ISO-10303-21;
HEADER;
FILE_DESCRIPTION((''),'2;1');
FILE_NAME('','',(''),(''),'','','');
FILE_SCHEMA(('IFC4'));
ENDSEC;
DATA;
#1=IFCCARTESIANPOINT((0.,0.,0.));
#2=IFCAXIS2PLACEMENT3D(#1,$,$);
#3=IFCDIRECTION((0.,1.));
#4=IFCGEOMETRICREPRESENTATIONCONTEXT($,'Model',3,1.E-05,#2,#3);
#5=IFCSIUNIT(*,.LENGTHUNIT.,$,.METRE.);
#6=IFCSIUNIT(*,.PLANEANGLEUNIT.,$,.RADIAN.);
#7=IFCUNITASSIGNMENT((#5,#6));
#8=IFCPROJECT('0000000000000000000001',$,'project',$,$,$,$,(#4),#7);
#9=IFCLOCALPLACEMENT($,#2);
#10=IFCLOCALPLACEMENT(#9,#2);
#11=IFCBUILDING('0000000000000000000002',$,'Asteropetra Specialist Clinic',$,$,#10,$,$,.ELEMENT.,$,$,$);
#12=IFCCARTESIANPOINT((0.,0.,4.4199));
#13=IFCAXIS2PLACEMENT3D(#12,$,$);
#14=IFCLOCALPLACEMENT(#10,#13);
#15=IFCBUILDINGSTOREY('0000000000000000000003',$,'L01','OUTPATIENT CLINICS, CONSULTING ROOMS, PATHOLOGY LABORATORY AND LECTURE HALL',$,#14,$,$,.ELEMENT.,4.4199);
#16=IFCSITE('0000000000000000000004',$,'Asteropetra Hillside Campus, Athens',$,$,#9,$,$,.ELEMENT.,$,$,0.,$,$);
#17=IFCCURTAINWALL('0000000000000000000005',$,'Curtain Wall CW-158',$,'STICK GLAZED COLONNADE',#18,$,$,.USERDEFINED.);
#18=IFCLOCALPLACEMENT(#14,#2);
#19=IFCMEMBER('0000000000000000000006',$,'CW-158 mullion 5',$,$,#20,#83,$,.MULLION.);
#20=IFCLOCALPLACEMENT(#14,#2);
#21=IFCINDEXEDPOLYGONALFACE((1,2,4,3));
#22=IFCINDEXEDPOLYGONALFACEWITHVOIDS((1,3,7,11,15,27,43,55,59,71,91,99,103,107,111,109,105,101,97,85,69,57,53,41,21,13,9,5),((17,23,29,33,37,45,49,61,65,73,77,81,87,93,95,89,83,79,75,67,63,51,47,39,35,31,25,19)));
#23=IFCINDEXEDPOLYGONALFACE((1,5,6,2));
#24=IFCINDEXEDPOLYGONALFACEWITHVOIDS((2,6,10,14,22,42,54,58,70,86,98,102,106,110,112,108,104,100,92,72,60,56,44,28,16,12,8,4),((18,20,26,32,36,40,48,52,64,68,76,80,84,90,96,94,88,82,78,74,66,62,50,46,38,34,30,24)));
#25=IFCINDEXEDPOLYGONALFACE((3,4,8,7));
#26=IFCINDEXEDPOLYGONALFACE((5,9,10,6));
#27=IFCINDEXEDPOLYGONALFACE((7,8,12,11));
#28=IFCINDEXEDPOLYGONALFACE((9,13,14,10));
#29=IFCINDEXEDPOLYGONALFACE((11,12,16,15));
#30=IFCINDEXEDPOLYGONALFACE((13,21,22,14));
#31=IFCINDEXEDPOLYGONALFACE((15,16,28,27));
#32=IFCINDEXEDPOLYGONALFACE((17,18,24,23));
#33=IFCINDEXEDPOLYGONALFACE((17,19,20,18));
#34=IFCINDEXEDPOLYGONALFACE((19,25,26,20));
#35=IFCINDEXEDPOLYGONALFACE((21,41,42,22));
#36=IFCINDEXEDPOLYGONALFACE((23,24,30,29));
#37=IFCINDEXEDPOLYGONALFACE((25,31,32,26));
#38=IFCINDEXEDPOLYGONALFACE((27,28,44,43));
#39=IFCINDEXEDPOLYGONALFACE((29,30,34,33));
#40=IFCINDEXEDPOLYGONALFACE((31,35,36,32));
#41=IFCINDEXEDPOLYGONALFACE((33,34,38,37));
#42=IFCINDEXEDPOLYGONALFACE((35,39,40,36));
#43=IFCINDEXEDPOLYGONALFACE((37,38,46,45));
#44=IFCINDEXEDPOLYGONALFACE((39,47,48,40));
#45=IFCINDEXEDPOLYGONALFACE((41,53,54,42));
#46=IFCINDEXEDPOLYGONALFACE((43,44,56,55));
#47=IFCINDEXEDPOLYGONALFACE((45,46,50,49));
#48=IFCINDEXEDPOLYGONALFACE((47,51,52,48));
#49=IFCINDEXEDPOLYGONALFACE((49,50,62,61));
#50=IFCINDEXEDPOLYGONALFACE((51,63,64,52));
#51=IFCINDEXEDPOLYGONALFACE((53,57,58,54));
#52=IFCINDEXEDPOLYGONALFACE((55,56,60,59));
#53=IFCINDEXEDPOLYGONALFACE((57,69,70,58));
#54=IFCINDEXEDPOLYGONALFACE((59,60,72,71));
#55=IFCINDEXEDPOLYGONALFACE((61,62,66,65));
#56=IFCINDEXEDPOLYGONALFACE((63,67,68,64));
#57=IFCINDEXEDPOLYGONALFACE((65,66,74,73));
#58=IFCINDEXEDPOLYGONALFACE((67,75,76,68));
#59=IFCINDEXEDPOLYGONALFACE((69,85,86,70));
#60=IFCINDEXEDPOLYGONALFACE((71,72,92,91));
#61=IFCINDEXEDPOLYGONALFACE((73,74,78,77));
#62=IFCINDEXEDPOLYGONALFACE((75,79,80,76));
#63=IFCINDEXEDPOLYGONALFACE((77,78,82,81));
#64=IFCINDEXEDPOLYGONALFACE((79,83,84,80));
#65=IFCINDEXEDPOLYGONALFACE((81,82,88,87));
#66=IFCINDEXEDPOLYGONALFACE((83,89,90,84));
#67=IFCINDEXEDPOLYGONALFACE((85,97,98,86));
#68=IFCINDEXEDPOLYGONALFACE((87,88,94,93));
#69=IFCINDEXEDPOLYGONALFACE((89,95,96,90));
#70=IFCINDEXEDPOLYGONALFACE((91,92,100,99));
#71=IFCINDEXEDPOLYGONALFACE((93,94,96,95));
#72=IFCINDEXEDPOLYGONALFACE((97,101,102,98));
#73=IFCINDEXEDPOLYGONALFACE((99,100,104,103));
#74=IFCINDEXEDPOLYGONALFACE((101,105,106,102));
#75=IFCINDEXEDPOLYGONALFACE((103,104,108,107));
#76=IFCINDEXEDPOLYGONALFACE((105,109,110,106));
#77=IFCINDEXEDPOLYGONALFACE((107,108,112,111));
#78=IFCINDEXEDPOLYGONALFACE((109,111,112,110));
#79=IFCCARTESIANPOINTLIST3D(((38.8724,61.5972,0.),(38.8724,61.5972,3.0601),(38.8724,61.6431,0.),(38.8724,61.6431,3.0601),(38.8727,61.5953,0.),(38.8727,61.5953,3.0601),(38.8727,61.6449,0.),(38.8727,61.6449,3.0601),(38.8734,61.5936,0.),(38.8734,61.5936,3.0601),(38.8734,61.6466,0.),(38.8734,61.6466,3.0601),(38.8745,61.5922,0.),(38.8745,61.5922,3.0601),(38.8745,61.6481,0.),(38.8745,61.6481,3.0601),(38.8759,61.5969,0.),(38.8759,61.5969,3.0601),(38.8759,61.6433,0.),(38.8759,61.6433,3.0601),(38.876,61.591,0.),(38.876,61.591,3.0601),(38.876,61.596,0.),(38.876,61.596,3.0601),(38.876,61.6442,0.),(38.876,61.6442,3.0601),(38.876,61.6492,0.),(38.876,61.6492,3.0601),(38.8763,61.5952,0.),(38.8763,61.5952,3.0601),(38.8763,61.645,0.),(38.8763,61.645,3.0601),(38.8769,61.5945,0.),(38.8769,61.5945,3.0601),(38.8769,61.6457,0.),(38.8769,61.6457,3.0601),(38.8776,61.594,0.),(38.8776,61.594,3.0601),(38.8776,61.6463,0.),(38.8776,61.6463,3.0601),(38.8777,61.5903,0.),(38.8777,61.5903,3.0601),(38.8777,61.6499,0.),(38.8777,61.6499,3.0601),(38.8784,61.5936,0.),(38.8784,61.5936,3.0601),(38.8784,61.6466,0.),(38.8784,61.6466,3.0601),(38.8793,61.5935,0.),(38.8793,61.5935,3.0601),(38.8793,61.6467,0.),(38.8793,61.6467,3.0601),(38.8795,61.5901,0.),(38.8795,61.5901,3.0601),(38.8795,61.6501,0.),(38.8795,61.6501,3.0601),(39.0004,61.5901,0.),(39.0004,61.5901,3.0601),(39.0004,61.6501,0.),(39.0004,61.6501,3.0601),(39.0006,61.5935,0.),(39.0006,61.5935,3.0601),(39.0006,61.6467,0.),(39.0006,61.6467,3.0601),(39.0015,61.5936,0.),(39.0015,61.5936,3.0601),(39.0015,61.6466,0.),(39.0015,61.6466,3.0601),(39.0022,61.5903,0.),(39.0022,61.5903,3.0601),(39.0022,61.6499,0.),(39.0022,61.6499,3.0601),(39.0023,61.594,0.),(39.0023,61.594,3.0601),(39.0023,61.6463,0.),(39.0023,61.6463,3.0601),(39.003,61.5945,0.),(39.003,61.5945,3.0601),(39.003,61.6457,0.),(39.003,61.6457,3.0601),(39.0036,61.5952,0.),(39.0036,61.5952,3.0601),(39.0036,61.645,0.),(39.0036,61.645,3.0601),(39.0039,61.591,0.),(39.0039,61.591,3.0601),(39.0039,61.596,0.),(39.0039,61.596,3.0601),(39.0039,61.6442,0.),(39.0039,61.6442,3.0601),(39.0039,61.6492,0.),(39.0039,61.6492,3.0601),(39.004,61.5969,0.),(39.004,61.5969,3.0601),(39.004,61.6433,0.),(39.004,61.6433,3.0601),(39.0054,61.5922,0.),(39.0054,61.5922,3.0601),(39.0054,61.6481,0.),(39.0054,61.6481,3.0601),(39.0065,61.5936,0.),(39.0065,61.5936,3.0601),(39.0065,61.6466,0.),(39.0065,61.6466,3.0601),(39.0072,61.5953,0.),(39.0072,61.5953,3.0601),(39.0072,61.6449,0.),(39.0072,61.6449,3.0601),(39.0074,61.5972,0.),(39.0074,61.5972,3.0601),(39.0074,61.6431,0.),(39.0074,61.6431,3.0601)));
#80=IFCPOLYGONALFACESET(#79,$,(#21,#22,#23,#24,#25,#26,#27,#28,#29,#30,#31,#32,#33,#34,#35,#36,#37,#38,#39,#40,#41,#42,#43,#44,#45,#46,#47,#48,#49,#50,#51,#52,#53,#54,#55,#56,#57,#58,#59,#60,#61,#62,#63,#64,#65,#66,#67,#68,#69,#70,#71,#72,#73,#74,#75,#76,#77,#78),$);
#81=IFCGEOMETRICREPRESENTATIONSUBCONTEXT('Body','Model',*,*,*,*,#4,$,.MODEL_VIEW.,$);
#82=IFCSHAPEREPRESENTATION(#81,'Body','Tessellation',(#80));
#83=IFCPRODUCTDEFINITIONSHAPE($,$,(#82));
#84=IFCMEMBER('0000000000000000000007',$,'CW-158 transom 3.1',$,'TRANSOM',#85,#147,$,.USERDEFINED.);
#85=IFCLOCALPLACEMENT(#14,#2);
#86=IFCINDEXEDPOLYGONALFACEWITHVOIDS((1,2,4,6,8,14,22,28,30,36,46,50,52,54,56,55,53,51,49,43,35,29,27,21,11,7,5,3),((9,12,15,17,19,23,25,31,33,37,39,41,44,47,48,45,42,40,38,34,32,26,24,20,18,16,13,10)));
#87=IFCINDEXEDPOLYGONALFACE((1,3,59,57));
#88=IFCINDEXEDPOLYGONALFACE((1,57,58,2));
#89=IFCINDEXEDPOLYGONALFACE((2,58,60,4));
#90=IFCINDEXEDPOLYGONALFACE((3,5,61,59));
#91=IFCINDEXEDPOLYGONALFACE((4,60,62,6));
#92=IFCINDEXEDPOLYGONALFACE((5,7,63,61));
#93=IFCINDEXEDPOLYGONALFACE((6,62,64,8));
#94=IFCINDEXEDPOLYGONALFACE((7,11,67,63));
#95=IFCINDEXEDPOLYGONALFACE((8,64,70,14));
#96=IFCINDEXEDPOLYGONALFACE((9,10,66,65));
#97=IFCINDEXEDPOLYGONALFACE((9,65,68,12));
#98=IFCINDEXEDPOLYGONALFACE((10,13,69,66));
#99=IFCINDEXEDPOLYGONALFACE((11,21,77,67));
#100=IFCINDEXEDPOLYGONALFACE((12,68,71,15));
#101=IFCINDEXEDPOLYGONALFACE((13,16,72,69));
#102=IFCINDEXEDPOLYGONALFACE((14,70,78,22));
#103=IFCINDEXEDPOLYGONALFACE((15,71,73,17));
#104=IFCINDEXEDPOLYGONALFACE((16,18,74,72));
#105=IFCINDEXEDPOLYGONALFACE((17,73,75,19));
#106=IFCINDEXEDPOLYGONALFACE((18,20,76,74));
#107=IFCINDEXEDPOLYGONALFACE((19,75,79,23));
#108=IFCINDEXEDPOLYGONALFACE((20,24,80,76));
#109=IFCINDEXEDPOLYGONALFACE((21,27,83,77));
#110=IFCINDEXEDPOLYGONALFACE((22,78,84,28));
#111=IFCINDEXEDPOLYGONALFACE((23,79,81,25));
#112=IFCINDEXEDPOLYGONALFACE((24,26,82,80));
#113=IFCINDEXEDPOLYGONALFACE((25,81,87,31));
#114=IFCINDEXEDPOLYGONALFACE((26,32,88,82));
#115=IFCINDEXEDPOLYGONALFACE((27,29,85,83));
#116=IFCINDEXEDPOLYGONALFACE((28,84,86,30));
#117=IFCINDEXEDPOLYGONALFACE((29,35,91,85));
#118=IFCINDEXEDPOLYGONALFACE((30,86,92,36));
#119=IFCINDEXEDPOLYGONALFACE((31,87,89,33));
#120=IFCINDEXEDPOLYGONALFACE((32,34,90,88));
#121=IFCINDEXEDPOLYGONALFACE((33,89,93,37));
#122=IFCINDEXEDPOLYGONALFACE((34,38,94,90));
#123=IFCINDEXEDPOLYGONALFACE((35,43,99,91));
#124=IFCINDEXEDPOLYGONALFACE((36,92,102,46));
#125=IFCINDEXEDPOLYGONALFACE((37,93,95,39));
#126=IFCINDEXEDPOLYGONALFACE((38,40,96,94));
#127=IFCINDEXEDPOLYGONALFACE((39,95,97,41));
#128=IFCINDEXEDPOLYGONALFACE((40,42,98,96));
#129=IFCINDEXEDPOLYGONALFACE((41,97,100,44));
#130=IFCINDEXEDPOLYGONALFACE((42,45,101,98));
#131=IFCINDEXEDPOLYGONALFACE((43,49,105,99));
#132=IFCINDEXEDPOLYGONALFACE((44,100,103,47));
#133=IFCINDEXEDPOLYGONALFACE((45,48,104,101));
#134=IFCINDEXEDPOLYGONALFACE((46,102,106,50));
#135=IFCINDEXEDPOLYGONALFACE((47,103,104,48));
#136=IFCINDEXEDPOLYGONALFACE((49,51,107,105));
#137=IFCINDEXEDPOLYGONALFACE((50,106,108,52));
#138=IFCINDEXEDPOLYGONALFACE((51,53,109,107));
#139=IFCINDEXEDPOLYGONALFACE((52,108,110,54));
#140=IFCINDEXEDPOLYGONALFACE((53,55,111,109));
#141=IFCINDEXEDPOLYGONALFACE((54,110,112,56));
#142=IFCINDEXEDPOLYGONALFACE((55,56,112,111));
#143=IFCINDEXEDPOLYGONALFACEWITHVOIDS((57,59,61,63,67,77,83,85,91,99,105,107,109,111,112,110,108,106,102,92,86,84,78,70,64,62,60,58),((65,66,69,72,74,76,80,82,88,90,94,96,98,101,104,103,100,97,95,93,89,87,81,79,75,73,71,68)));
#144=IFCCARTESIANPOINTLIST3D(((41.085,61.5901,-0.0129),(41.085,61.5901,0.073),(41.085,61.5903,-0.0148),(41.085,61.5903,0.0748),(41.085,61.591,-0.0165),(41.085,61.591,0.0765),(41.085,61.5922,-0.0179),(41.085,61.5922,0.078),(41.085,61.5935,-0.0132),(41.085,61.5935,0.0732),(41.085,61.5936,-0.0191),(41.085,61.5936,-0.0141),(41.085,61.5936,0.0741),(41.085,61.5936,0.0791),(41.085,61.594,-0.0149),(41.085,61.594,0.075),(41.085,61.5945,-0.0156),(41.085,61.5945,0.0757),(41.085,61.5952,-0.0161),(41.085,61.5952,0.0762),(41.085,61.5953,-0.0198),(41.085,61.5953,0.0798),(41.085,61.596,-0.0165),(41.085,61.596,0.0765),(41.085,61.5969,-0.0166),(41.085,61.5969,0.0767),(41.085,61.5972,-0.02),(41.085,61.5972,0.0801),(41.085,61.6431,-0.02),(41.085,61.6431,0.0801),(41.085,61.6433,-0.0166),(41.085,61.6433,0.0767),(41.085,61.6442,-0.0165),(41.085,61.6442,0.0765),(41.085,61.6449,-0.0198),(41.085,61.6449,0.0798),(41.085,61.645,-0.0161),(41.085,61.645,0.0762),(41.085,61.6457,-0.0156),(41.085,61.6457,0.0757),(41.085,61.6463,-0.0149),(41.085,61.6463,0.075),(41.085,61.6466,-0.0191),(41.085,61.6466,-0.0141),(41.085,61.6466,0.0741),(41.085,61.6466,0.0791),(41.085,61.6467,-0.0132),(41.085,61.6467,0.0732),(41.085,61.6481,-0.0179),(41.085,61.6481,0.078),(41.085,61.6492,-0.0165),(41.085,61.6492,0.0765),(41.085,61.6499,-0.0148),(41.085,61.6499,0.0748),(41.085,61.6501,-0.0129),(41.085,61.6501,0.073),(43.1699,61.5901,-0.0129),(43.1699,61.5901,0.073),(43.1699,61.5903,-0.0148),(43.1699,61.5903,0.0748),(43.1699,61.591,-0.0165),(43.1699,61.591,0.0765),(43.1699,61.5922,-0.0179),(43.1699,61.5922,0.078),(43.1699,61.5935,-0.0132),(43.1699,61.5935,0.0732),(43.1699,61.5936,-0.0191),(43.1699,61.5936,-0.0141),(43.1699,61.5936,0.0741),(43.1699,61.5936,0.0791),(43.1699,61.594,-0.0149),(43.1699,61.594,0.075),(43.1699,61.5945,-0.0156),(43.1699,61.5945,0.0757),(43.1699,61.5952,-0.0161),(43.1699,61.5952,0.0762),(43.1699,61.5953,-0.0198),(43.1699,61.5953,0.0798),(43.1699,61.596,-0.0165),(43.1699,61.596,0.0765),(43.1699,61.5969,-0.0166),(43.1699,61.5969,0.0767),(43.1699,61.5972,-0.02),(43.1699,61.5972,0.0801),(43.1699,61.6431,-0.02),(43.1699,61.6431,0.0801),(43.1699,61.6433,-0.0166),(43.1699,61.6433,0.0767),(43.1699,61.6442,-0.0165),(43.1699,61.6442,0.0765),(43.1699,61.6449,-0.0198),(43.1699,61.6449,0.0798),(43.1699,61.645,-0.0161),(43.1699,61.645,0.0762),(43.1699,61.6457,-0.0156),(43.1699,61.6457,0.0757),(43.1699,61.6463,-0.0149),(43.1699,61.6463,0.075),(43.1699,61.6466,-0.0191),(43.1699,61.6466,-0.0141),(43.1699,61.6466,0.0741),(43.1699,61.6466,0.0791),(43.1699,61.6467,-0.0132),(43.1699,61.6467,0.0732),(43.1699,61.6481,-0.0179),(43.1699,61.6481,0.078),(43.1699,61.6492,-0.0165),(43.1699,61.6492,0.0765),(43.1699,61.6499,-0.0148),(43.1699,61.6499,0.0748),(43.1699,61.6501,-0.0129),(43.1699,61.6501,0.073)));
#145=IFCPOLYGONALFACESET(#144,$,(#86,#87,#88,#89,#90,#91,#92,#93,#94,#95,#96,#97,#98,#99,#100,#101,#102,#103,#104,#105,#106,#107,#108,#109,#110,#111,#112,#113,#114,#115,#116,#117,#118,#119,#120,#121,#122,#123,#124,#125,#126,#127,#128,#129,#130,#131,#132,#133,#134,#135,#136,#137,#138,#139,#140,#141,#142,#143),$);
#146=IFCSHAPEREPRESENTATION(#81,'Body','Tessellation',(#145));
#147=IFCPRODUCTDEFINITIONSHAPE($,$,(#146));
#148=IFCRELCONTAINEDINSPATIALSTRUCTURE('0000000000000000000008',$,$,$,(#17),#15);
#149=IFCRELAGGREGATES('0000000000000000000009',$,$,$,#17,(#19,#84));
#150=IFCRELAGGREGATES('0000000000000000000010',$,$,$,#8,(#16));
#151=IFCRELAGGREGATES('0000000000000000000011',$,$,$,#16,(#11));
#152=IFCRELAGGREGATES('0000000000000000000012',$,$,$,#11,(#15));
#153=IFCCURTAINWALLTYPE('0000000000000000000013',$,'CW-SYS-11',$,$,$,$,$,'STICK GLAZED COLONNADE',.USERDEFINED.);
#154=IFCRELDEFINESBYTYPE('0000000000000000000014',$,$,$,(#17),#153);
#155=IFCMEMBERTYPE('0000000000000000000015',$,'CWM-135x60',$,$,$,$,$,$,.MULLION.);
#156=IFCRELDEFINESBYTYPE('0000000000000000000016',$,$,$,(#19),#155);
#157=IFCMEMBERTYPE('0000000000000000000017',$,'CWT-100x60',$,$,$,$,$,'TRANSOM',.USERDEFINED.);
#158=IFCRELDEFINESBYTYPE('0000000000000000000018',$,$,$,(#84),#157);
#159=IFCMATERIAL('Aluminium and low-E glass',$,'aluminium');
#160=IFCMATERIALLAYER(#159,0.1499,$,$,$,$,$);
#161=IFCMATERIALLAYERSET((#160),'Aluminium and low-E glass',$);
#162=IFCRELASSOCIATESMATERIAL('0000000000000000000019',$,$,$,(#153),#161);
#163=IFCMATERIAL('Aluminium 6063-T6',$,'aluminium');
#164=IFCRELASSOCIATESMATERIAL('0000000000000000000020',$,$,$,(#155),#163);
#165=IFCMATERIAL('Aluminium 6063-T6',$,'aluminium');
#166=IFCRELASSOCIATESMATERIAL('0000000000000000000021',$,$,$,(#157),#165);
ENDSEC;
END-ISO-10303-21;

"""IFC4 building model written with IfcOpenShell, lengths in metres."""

from ifc_helpers import new_model, si_unit, direction, frame, origin, origin_2d, place, context, subcontext, project, spatial, hollow_rectangle, extrude, material, layer, layer_set, material_profile, profile_set, type_object, element, aggregate, save


model = new_model("IFC4")

# Units and contexts
model_context = context("Model", 3, precision=1e-05, world=origin(), true_north=direction((0.0, 1.0)))
body_context = subcontext(model_context, "Body", "Model", "MODEL_VIEW")
ifc_project = project(units=[si_unit("LENGTHUNIT", "METRE"), si_unit("PLANEANGLEUNIT", "RADIAN")], contexts=[model_context])

# Site, building, storey
site_placement = place(None, origin())
site = spatial("IfcSite", under=ifc_project, at=site_placement, Name="Asteropetra Hillside Campus, Athens", CompositionType="ELEMENT", RefElevation=0.0)
building_placement = place(site_placement, origin())
building = spatial("IfcBuilding", under=site, at=building_placement, Name="Asteropetra Specialist Clinic", CompositionType="ELEMENT")
storey_placement = place(building_placement, frame((0.0, 0.0, 4.4199)))
storey = spatial("IfcBuildingStorey", under=building, at=storey_placement, Name="L01", Description="OUTPATIENT CLINICS, CONSULTING ROOMS, PATHOLOGY LABORATORY AND LECTURE HALL", CompositionType="ELEMENT", Elevation=4.4199)

# Curtain wall, members
ifc_material_1 = material(Name="Aluminium and low-E glass", Category="aluminium")
ifc_layer_1 = layer(ifc_material_1, 0.1499)
ifc_layer_set_1 = layer_set([ifc_layer_1], Name="Aluminium and low-E glass")
curtain_wall_type = type_object("IfcCurtainWallType", Name="CW-SYS-11", ElementType="STICK GLAZED COLONNADE", PredefinedType="USERDEFINED", material=ifc_layer_set_1)
curtain_wall_placement = place(storey_placement, origin())
curtain_wall = element("IfcCurtainWall", 1, at=curtain_wall_placement, inside=storey, type_object=curtain_wall_type, Name="Curtain Wall CW-158", ObjectType="STICK GLAZED COLONNADE", PredefinedType="USERDEFINED")
ifc_material_2 = material(Name="Aluminium 6063-T6", Category="aluminium")
ifc_material_profile_1 = material_profile(ifc_material_2, hollow_rectangle(XDim=0.0601, YDim=0.135, WallThickness=0.0034, InnerFilletRadius=0.0034, OuterFilletRadius=0.0071, at=origin_2d()), Name="MUL 135x60x3.5")
ifc_profile_set_1 = profile_set([ifc_material_profile_1], Name="Aluminium 6063-T6")
member_type_1 = type_object("IfcMemberType", Name="CWM-135x60", PredefinedType="MULLION", material=ifc_profile_set_1)
member_1_placement = place(storey_placement, frame((38.9399, 61.6201, 0.0), z_axis=(0.0, 0.0, 1.0), x_axis=(0.0, -1.0, 0.0)))
member_1 = element("IfcMember", 2, at=member_1_placement, type_object=member_type_1, Name="CW-158 mullion 5", PredefinedType="MULLION", context=body_context, shape_type="SweptSolid", body=[
    extrude(hollow_rectangle(XDim=0.0601, YDim=0.135, WallThickness=0.0034, InnerFilletRadius=0.0034, OuterFilletRadius=0.0071, at=origin_2d()), origin(), (0.0, 0.0, 1.0), 3.0601),
])
ifc_material_3 = material(Name="Aluminium 6063-T6", Category="aluminium")
ifc_material_profile_2 = material_profile(ifc_material_3, hollow_rectangle(XDim=0.0601, YDim=0.1001, WallThickness=0.0034, InnerFilletRadius=0.0034, OuterFilletRadius=0.0071, at=origin_2d()), Name="TRN 100x60x3.5")
ifc_profile_set_2 = profile_set([ifc_material_profile_2], Name="Aluminium 6063-T6")
member_type_2 = type_object("IfcMemberType", Name="CWT-100x60", ElementType="TRANSOM", PredefinedType="USERDEFINED", material=ifc_profile_set_2)
member_2_placement = place(storey_placement, frame((43.1699, 61.6201, 0.03), z_axis=(-1.0, 0.0, 0.0), x_axis=(0.0, -1.0, 0.0)))
member_2 = element("IfcMember", 3, at=member_2_placement, type_object=member_type_2, Name="CW-158 transom 3.1", ObjectType="TRANSOM", PredefinedType="USERDEFINED", context=body_context, shape_type="SweptSolid", body=[
    extrude(hollow_rectangle(XDim=0.0601, YDim=0.1001, WallThickness=0.0034, InnerFilletRadius=0.0034, OuterFilletRadius=0.0071, at=origin_2d()), origin(), (0.0, 0.0, 1.0), 2.085),
])

aggregate(curtain_wall, [member_1, member_2])

save(model, "model.ifc")
